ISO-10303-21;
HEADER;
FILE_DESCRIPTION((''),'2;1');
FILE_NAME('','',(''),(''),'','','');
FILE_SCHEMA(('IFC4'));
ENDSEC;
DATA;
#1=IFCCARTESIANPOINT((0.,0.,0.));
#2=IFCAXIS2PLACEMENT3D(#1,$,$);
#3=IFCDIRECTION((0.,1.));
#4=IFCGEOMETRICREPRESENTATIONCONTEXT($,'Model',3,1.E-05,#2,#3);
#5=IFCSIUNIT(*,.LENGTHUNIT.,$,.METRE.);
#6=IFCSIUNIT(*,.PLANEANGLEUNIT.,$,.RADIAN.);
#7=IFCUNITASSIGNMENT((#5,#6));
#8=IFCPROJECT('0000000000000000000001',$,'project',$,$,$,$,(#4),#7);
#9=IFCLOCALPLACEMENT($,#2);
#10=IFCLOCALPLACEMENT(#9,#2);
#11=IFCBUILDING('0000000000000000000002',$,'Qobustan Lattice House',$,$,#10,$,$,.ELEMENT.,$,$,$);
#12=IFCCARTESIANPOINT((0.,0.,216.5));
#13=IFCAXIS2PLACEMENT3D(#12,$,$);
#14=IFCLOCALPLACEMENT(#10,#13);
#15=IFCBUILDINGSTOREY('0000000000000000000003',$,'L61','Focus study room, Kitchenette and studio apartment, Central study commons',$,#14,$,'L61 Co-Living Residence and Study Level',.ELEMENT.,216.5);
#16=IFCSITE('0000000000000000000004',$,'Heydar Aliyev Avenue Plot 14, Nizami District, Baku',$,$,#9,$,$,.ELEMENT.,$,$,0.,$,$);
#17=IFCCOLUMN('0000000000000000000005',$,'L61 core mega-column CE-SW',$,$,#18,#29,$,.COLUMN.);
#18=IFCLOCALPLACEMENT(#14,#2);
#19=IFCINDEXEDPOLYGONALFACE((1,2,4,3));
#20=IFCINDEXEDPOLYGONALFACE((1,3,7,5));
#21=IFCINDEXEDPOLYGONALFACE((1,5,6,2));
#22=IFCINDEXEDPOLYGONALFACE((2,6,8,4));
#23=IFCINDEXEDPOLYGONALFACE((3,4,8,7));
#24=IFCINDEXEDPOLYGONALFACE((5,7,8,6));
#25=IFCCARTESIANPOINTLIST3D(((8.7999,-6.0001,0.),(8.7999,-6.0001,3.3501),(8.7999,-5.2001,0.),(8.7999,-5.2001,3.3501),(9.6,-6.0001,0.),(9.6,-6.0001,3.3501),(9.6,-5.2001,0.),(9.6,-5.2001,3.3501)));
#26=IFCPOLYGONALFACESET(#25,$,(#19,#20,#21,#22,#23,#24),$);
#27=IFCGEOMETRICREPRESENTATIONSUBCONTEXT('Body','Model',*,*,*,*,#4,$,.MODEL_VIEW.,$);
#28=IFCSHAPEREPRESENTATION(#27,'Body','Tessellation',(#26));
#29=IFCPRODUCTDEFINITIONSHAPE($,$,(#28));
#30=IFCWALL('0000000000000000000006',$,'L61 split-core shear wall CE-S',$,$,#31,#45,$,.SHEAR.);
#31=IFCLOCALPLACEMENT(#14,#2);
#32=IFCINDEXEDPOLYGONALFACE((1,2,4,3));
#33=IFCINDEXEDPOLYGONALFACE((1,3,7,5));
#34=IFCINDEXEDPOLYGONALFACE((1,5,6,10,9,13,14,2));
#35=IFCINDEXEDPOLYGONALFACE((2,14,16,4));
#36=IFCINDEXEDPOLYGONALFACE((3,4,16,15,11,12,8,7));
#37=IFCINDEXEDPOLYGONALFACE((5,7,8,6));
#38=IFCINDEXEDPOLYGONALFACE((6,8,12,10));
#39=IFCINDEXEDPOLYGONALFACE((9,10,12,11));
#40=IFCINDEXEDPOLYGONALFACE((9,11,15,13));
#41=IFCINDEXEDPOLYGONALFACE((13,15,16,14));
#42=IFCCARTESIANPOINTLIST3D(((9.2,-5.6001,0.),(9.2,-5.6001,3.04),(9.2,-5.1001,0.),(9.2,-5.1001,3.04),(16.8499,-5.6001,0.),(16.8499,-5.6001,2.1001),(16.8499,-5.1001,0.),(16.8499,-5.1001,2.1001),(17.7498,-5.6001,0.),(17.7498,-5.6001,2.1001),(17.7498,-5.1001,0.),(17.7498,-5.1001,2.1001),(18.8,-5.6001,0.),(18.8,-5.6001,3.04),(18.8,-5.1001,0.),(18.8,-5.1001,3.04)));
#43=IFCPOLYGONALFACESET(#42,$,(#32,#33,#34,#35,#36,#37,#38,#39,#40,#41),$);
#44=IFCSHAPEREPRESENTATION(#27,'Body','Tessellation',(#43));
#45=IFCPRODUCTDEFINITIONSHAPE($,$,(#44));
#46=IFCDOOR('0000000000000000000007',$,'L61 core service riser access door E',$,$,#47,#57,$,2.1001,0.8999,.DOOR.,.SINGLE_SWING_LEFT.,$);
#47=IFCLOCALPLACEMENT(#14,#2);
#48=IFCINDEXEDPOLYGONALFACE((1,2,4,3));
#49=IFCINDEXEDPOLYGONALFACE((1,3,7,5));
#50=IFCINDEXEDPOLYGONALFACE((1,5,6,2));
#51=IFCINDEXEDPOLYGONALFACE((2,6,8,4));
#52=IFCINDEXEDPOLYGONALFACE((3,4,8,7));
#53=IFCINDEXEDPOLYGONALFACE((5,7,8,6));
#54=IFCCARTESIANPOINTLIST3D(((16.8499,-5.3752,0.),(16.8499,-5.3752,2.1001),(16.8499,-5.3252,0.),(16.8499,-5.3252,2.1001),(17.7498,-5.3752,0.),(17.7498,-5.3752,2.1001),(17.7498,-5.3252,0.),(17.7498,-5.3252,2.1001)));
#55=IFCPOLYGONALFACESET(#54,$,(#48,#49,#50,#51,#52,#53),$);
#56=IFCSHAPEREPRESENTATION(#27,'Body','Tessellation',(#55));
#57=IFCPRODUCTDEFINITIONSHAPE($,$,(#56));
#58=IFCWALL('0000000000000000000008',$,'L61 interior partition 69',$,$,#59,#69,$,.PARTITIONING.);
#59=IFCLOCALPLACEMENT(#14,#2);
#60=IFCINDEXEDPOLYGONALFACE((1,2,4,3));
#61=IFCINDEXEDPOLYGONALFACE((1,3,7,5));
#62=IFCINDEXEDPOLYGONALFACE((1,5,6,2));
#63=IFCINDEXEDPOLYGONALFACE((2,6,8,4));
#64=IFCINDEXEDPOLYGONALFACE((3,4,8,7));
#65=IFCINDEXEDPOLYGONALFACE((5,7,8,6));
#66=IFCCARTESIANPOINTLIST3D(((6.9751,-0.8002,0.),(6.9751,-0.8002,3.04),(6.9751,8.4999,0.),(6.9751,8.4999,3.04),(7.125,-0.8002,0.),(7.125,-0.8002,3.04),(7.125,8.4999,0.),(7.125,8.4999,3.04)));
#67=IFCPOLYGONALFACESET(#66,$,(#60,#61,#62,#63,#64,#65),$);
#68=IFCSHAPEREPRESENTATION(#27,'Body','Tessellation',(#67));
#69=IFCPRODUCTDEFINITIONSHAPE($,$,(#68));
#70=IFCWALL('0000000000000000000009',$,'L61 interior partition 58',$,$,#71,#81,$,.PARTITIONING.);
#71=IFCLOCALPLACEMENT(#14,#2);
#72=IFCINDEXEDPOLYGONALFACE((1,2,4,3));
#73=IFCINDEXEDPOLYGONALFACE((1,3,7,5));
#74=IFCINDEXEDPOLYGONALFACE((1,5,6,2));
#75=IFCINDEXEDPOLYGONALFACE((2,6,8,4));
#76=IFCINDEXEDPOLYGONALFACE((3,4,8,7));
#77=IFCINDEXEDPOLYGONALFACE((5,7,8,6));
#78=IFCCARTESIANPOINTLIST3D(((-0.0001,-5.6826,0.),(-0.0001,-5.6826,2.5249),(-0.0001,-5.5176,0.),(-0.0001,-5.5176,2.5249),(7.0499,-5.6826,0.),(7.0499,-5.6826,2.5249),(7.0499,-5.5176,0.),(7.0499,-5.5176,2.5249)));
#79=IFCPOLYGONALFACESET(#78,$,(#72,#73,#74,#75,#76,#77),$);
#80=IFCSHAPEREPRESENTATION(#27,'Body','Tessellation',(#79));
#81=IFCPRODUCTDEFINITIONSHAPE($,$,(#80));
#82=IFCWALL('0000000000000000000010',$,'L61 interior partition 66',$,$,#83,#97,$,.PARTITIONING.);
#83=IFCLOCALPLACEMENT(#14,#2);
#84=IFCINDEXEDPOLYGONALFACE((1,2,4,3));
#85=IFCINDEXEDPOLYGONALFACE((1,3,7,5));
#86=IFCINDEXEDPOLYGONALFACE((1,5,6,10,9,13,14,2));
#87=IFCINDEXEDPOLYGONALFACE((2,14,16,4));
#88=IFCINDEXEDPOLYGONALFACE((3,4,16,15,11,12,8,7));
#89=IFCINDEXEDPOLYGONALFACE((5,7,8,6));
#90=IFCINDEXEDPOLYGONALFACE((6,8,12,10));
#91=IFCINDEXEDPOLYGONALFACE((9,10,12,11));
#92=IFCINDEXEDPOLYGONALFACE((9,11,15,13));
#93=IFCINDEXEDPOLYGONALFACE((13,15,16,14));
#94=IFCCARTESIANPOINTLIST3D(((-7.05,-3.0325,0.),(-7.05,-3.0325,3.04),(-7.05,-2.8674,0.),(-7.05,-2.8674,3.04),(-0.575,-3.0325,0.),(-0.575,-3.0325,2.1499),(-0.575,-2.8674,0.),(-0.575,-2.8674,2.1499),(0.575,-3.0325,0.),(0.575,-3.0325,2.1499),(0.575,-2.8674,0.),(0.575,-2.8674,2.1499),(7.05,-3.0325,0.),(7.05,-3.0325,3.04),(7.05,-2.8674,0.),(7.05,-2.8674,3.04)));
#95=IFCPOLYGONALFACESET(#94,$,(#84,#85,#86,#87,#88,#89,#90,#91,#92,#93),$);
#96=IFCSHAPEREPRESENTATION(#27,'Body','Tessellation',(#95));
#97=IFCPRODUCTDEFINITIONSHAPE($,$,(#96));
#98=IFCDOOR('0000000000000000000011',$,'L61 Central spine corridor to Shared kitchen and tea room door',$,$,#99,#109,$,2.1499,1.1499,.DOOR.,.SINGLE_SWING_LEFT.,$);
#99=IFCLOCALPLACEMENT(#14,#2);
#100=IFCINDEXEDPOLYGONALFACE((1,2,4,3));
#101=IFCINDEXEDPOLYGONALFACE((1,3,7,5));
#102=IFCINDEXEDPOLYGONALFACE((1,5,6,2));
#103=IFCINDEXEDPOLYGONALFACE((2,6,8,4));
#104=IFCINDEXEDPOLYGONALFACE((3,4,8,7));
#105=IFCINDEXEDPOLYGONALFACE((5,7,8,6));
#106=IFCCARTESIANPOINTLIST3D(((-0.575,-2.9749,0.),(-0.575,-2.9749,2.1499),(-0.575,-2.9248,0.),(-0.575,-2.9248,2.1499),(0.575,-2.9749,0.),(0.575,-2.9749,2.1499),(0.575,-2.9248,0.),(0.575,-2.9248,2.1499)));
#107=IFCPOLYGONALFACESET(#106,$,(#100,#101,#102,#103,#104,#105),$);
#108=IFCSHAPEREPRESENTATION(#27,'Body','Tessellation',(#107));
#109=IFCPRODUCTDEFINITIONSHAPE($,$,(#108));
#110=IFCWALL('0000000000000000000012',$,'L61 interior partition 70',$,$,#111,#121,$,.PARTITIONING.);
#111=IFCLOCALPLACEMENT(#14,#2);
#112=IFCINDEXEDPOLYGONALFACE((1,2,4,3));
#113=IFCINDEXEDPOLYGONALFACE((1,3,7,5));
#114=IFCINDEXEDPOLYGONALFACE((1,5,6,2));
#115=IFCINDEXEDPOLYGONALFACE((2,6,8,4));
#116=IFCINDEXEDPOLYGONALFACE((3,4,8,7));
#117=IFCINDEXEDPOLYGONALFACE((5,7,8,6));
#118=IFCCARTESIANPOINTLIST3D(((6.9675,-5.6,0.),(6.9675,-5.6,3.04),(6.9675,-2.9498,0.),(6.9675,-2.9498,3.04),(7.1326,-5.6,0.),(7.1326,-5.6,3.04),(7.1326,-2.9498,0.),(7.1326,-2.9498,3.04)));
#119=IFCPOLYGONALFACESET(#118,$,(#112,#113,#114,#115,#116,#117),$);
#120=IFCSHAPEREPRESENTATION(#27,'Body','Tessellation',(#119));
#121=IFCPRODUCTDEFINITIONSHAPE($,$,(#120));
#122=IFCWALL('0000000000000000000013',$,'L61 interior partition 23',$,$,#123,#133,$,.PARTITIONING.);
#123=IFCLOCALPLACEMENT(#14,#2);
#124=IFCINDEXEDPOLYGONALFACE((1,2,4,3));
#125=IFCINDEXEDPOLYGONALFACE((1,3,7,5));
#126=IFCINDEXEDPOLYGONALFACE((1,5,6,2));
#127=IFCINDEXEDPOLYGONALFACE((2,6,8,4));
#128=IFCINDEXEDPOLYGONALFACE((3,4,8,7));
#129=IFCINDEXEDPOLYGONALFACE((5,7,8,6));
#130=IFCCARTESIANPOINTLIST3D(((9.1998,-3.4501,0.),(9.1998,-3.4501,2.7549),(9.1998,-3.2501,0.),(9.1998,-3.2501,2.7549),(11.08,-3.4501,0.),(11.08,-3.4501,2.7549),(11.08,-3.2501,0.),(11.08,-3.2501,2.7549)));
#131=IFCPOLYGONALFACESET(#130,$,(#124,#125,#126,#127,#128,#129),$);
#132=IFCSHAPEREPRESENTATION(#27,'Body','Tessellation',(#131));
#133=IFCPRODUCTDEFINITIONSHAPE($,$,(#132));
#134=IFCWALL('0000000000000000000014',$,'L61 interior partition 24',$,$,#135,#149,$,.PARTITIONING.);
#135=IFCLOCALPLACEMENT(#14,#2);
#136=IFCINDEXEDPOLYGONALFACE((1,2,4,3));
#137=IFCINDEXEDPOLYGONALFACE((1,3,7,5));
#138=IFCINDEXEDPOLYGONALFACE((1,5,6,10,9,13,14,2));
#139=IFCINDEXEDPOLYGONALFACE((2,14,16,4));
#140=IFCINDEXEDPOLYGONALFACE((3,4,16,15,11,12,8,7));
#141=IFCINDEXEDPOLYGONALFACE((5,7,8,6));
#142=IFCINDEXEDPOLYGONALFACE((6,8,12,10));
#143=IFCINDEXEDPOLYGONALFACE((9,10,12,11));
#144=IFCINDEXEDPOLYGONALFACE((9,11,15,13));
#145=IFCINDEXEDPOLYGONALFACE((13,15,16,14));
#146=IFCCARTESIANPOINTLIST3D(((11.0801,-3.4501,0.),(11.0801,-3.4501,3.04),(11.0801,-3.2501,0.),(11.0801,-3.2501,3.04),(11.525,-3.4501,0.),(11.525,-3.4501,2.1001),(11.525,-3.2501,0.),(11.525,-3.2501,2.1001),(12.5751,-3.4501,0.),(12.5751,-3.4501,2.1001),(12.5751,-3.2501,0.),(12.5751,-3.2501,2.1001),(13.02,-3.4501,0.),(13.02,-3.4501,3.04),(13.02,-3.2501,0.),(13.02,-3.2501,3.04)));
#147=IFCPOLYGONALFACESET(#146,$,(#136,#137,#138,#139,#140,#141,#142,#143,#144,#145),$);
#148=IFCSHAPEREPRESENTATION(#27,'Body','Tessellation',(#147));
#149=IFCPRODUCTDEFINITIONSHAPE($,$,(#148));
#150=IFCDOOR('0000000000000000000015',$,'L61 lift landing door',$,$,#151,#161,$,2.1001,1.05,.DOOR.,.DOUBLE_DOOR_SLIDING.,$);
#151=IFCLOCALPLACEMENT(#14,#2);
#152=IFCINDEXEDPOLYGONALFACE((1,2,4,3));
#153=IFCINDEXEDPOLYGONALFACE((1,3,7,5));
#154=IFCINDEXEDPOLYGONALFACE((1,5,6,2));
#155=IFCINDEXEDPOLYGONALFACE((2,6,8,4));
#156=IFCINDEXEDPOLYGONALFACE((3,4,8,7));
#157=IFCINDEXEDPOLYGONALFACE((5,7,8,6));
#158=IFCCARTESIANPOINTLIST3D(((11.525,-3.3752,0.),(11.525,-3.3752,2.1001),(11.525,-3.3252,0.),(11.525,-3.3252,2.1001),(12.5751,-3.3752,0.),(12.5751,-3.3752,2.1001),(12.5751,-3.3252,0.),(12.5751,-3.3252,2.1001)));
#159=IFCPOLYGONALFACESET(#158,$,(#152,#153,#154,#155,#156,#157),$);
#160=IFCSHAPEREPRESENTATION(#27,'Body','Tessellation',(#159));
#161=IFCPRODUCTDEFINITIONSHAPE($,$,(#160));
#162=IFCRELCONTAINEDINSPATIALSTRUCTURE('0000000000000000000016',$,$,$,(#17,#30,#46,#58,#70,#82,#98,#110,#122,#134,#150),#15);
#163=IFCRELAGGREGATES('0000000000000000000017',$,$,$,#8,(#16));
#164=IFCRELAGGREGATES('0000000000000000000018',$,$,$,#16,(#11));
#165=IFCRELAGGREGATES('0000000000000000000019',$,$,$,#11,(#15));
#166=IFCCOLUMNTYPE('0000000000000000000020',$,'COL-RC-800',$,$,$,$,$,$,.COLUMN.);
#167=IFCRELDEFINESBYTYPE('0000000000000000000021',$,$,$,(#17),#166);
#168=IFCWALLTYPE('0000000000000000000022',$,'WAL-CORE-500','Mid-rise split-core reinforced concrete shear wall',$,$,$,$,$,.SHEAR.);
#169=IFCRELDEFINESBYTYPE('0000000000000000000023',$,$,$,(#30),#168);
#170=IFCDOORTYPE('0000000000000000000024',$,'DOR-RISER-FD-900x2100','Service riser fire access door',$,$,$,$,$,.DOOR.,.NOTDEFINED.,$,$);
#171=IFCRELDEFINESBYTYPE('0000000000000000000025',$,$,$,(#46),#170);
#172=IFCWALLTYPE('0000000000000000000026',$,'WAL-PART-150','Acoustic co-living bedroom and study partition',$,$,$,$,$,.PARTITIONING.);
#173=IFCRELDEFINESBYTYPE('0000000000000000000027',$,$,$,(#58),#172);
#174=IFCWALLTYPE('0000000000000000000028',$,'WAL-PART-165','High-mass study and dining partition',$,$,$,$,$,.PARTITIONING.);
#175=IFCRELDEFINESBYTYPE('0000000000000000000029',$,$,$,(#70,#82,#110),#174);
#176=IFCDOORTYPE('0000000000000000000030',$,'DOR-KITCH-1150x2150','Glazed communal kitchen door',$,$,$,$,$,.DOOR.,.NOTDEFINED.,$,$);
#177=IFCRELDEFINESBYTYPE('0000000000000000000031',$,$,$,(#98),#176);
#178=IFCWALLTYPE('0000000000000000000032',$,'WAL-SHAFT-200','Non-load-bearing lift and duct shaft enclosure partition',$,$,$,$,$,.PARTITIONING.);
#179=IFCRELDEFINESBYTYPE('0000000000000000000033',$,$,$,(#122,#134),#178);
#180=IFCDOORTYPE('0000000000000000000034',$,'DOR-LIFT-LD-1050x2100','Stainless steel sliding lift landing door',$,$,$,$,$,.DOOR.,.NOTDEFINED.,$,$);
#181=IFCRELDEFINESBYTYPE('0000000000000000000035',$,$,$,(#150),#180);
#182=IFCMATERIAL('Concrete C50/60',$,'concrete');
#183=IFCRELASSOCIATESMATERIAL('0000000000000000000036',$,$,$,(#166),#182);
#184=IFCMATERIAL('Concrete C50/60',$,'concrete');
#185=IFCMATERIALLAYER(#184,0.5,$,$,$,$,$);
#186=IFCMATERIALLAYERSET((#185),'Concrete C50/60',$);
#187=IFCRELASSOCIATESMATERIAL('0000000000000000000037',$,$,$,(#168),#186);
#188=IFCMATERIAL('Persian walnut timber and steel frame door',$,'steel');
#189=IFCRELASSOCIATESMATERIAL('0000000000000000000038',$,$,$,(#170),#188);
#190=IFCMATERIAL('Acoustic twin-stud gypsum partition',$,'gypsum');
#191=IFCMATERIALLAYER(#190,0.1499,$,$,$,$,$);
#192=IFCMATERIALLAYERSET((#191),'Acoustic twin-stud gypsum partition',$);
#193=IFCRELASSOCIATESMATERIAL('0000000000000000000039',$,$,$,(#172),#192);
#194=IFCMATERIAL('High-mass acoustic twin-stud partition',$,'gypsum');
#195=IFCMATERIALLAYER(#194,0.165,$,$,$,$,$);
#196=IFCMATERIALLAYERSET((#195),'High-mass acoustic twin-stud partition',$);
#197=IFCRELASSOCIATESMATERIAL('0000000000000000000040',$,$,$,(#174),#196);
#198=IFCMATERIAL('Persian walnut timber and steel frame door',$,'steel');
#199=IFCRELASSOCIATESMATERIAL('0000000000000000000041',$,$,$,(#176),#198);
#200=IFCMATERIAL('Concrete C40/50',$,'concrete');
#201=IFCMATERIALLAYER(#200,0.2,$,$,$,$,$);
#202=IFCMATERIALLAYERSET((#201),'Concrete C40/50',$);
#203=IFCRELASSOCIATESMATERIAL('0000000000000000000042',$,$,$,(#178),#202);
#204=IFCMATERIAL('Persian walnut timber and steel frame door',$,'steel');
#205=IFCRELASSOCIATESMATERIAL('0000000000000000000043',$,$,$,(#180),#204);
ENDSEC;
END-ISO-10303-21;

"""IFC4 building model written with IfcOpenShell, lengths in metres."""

from ifc_helpers import new_model, si_unit, direction, frame, frame_2d, origin, origin_2d, place, context, subcontext, project, spatial, rectangle, extrude, material, layer, layer_set, material_profile, profile_set, type_object, element, fill, save


model = new_model("IFC4")

# Units and contexts
model_context = context("Model", 3, precision=1e-05, world=origin(), true_north=direction((0.0, 1.0)))
body_context = subcontext(model_context, "Body", "Model", "MODEL_VIEW")
ifc_project = project(units=[si_unit("LENGTHUNIT", "METRE"), si_unit("PLANEANGLEUNIT", "RADIAN")], contexts=[model_context])

# Site, building, storey
site_placement = place(None, origin())
site = spatial("IfcSite", under=ifc_project, at=site_placement, Name="Heydar Aliyev Avenue Plot 14, Nizami District, Baku", CompositionType="ELEMENT", RefElevation=0.0)
building_placement = place(site_placement, origin())
building = spatial("IfcBuilding", under=site, at=building_placement, Name="Qobustan Lattice House", CompositionType="ELEMENT")
storey_placement = place(building_placement, frame((0.0, 0.0, 216.5)))
storey = spatial("IfcBuildingStorey", under=building, at=storey_placement, Name="L61", Description="Focus study room, Kitchenette and studio apartment, Central study commons", LongName="L61 Co-Living Residence and Study Level", CompositionType="ELEMENT", Elevation=216.5)

# Column
ifc_material_1 = material(Name="Concrete C50/60", Category="concrete")
ifc_material_profile = material_profile(ifc_material_1, rectangle(XDim=0.8, YDim=0.8, at=origin_2d()), Name="RC800x800")
ifc_profile_set = profile_set([ifc_material_profile], Name="Concrete C50/60")
column_type = type_object("IfcColumnType", Name="COL-RC-800", PredefinedType="COLUMN", material=ifc_profile_set)
column_placement = place(storey_placement, frame((9.2, -5.6001, 0.0), z_axis=(0.0, 0.0, 1.0), x_axis=(1.0, 0.0, 0.0)))
element("IfcColumn", 1, at=column_placement, inside=storey, type_object=column_type, Name="L61 core mega-column CE-SW", PredefinedType="COLUMN", context=body_context, shape_type="SweptSolid", body=[
    extrude(rectangle(XDim=0.8, YDim=0.8, at=origin_2d()), origin(), (0.0, 0.0, 1.0), 3.3501),
])

# Wall, opening, door
ifc_material_2 = material(Name="Concrete C50/60", Category="concrete")
ifc_layer_1 = layer(ifc_material_2, 0.5)
ifc_layer_set_1 = layer_set([ifc_layer_1], Name="Concrete C50/60")
wall_type_1 = type_object("IfcWallType", Name="WAL-CORE-500", Description="Mid-rise split-core reinforced concrete shear wall", PredefinedType="SHEAR", material=ifc_layer_set_1)
wall_1_placement = place(storey_placement, frame((9.2, -5.3501, 0.0), z_axis=(0.0, 0.0, 1.0), x_axis=(1.0, 0.0, 0.0)))
wall_1 = element("IfcWall", 2, at=wall_1_placement, inside=storey, type_object=wall_type_1, Name="L61 split-core shear wall CE-S", PredefinedType="SHEAR", context=body_context, shape_type="SweptSolid", body=[
    extrude(rectangle(XDim=9.6001, YDim=0.5, at=frame_2d((4.8, 0.0))), origin(), (0.0, 0.0, 1.0), 3.04),
])
opening_1_placement = place(wall_1_placement, frame((7.6499, 0.0, 0.0)))
opening_1 = element("IfcOpeningElement", 3, at=opening_1_placement, cuts=wall_1, PredefinedType="OPENING", context=body_context, shape_type="SweptSolid", body=[
    extrude(rectangle(XDim=0.8999, YDim=2.1001, at=frame_2d((0.45, 1.05))), frame((0.0, 0.26, 0.0), z_axis=(0.0, -1.0, 0.0), x_axis=(1.0, 0.0, 0.0)), (0.0, 0.0, 1.0), 0.52),
])
ifc_material_3 = material(Name="Persian walnut timber and steel frame door", Category="steel")
door_type_1 = type_object("IfcDoorType", Name="DOR-RISER-FD-900x2100", Description="Service riser fire access door", OperationType="NOTDEFINED", PredefinedType="DOOR", material=ifc_material_3)
door_1_placement = place(opening_1_placement, origin())
door_1 = element("IfcDoor", 4, at=door_1_placement, inside=storey, type_object=door_type_1, Name="L61 core service riser access door E", OperationType="SINGLE_SWING_LEFT", OverallHeight=2.1001, OverallWidth=0.8999, PredefinedType="DOOR", context=body_context, shape_type="SweptSolid", body=[
    extrude(rectangle(XDim=0.8999, YDim=2.1001, at=frame_2d((0.45, 1.05))), frame((0.0, 0.0249, 0.0), z_axis=(0.0, -1.0, 0.0), x_axis=(1.0, 0.0, 0.0)), (0.0, 0.0, 1.0), 0.05),
])
fill(opening_1, door_1)

# Walls
ifc_material_4 = material(Name="Acoustic twin-stud gypsum partition", Category="gypsum")
ifc_layer_2 = layer(ifc_material_4, 0.1499)
ifc_layer_set_2 = layer_set([ifc_layer_2], Name="Acoustic twin-stud gypsum partition")
wall_type_2 = type_object("IfcWallType", Name="WAL-PART-150", Description="Acoustic co-living bedroom and study partition", PredefinedType="PARTITIONING", material=ifc_layer_set_2)
wall_2_placement = place(storey_placement, frame((7.05, -0.8, 0.0), z_axis=(0.0, 0.0, 1.0), x_axis=(0.0, 1.0, 0.0)))
element("IfcWall", 5, at=wall_2_placement, inside=storey, type_object=wall_type_2, Name="L61 interior partition 69", PredefinedType="PARTITIONING", context=body_context, shape_type="SweptSolid", body=[
    extrude(rectangle(XDim=9.3, YDim=0.1499, at=frame_2d((4.6499, 0.0))), origin(), (0.0, 0.0, 1.0), 3.04),
])
ifc_material_5 = material(Name="High-mass acoustic twin-stud partition", Category="gypsum")
ifc_layer_3 = layer(ifc_material_5, 0.165)
ifc_layer_set_3 = layer_set([ifc_layer_3], Name="High-mass acoustic twin-stud partition")
wall_type_3 = type_object("IfcWallType", Name="WAL-PART-165", Description="High-mass study and dining partition", PredefinedType="PARTITIONING", material=ifc_layer_set_3)
wall_3_placement = place(storey_placement, frame((0.0, -5.6001, 0.0), z_axis=(0.0, 0.0, 1.0), x_axis=(1.0, 0.0, 0.0)))
element("IfcWall", 6, at=wall_3_placement, inside=storey, type_object=wall_type_3, Name="L61 interior partition 58", PredefinedType="PARTITIONING", context=body_context, shape_type="SweptSolid", body=[
    extrude(rectangle(XDim=7.05, YDim=0.165, at=frame_2d((3.5249, 0.0))), origin(), (0.0, 0.0, 1.0), 2.5249),
])

# Wall, opening, door
wall_4_placement = place(storey_placement, frame((7.05, -2.95, 0.0), z_axis=(0.0, 0.0, 1.0), x_axis=(-1.0, 0.0, 0.0)))
wall_4 = element("IfcWall", 7, at=wall_4_placement, inside=storey, type_object=wall_type_3, Name="L61 interior partition 66", PredefinedType="PARTITIONING", context=body_context, shape_type="SweptSolid", body=[
    extrude(rectangle(XDim=14.1001, YDim=0.165, at=frame_2d((7.05, 0.0))), origin(), (0.0, 0.0, 1.0), 3.04),
])
opening_2_placement = place(wall_4_placement, frame((6.4751, 0.0, 0.0)))
opening_2 = element("IfcOpeningElement", 8, at=opening_2_placement, cuts=wall_4, PredefinedType="OPENING", context=body_context, shape_type="SweptSolid", body=[
    extrude(rectangle(XDim=1.1499, YDim=2.1499, at=frame_2d((0.575, 1.075))), frame((0.0, 0.0925, 0.0), z_axis=(0.0, -1.0, 0.0), x_axis=(1.0, 0.0, 0.0)), (0.0, 0.0, 1.0), 0.1851),
])
ifc_material_6 = material(Name="Persian walnut timber and steel frame door", Category="steel")
door_type_2 = type_object("IfcDoorType", Name="DOR-KITCH-1150x2150", Description="Glazed communal kitchen door", OperationType="NOTDEFINED", PredefinedType="DOOR", material=ifc_material_6)
door_2_placement = place(opening_2_placement, origin())
door_2 = element("IfcDoor", 9, at=door_2_placement, inside=storey, type_object=door_type_2, Name="L61 Central spine corridor to Shared kitchen and tea room door", OperationType="SINGLE_SWING_LEFT", OverallHeight=2.1499, OverallWidth=1.1499, PredefinedType="DOOR", context=body_context, shape_type="SweptSolid", body=[
    extrude(rectangle(XDim=1.1499, YDim=2.1499, at=frame_2d((0.575, 1.075))), frame((0.0, 0.0249, 0.0), z_axis=(0.0, -1.0, 0.0), x_axis=(1.0, 0.0, 0.0)), (0.0, 0.0, 1.0), 0.05),
])
fill(opening_2, door_2)

# Walls
wall_5_placement = place(storey_placement, frame((7.05, -5.6001, 0.0), z_axis=(0.0, 0.0, 1.0), x_axis=(0.0, 1.0, 0.0)))
element("IfcWall", 10, at=wall_5_placement, inside=storey, type_object=wall_type_3, Name="L61 interior partition 70", PredefinedType="PARTITIONING", context=body_context, shape_type="SweptSolid", body=[
    extrude(rectangle(XDim=2.6501, YDim=0.165, at=frame_2d((1.3252, 0.0))), origin(), (0.0, 0.0, 1.0), 3.04),
])
ifc_material_7 = material(Name="Concrete C40/50", Category="concrete")
ifc_layer_4 = layer(ifc_material_7, 0.2)
ifc_layer_set_4 = layer_set([ifc_layer_4], Name="Concrete C40/50")
wall_type_4 = type_object("IfcWallType", Name="WAL-SHAFT-200", Description="Non-load-bearing lift and duct shaft enclosure partition", PredefinedType="PARTITIONING", material=ifc_layer_set_4)
wall_6_placement = place(storey_placement, frame((9.2, -3.3501, 0.0), z_axis=(0.0, 0.0, 1.0), x_axis=(1.0, 0.0, 0.0)))
element("IfcWall", 11, at=wall_6_placement, inside=storey, type_object=wall_type_4, Name="L61 interior partition 23", PredefinedType="PARTITIONING", context=body_context, shape_type="SweptSolid", body=[
    extrude(rectangle(XDim=1.8801, YDim=0.2, at=frame_2d((0.9399, 0.0))), origin(), (0.0, 0.0, 1.0), 2.7549),
])

# Wall, opening, door
wall_7_placement = place(storey_placement, frame((11.0801, -3.3501, 0.0), z_axis=(0.0, 0.0, 1.0), x_axis=(1.0, 0.0, 0.0)))
wall_7 = element("IfcWall", 12, at=wall_7_placement, inside=storey, type_object=wall_type_4, Name="L61 interior partition 24", PredefinedType="PARTITIONING", context=body_context, shape_type="SweptSolid", body=[
    extrude(rectangle(XDim=1.9399, YDim=0.2, at=frame_2d((0.97, 0.0))), origin(), (0.0, 0.0, 1.0), 3.04),
])
opening_3_placement = place(wall_7_placement, frame((0.4451, 0.0, 0.0)))
opening_3 = element("IfcOpeningElement", 13, at=opening_3_placement, cuts=wall_7, PredefinedType="OPENING", context=body_context, shape_type="SweptSolid", body=[
    extrude(rectangle(XDim=1.05, YDim=2.1001, at=frame_2d((0.5249, 1.05))), frame((0.0, 0.1099, 0.0), z_axis=(0.0, -1.0, 0.0), x_axis=(1.0, 0.0, 0.0)), (0.0, 0.0, 1.0), 0.22),
])
ifc_material_8 = material(Name="Persian walnut timber and steel frame door", Category="steel")
door_type_3 = type_object("IfcDoorType", Name="DOR-LIFT-LD-1050x2100", Description="Stainless steel sliding lift landing door", OperationType="NOTDEFINED", PredefinedType="DOOR", material=ifc_material_8)
door_3_placement = place(opening_3_placement, origin())
door_3 = element("IfcDoor", 14, at=door_3_placement, inside=storey, type_object=door_type_3, Name="L61 lift landing door", OperationType="DOUBLE_DOOR_SLIDING", OverallHeight=2.1001, OverallWidth=1.05, PredefinedType="DOOR", context=body_context, shape_type="SweptSolid", body=[
    extrude(rectangle(XDim=1.05, YDim=2.1001, at=frame_2d((0.5249, 1.05))), frame((0.0, 0.0249, 0.0), z_axis=(0.0, -1.0, 0.0), x_axis=(1.0, 0.0, 0.0)), (0.0, 0.0, 1.0), 0.05),
])
fill(opening_3, door_3)

save(model, "model.ifc")
